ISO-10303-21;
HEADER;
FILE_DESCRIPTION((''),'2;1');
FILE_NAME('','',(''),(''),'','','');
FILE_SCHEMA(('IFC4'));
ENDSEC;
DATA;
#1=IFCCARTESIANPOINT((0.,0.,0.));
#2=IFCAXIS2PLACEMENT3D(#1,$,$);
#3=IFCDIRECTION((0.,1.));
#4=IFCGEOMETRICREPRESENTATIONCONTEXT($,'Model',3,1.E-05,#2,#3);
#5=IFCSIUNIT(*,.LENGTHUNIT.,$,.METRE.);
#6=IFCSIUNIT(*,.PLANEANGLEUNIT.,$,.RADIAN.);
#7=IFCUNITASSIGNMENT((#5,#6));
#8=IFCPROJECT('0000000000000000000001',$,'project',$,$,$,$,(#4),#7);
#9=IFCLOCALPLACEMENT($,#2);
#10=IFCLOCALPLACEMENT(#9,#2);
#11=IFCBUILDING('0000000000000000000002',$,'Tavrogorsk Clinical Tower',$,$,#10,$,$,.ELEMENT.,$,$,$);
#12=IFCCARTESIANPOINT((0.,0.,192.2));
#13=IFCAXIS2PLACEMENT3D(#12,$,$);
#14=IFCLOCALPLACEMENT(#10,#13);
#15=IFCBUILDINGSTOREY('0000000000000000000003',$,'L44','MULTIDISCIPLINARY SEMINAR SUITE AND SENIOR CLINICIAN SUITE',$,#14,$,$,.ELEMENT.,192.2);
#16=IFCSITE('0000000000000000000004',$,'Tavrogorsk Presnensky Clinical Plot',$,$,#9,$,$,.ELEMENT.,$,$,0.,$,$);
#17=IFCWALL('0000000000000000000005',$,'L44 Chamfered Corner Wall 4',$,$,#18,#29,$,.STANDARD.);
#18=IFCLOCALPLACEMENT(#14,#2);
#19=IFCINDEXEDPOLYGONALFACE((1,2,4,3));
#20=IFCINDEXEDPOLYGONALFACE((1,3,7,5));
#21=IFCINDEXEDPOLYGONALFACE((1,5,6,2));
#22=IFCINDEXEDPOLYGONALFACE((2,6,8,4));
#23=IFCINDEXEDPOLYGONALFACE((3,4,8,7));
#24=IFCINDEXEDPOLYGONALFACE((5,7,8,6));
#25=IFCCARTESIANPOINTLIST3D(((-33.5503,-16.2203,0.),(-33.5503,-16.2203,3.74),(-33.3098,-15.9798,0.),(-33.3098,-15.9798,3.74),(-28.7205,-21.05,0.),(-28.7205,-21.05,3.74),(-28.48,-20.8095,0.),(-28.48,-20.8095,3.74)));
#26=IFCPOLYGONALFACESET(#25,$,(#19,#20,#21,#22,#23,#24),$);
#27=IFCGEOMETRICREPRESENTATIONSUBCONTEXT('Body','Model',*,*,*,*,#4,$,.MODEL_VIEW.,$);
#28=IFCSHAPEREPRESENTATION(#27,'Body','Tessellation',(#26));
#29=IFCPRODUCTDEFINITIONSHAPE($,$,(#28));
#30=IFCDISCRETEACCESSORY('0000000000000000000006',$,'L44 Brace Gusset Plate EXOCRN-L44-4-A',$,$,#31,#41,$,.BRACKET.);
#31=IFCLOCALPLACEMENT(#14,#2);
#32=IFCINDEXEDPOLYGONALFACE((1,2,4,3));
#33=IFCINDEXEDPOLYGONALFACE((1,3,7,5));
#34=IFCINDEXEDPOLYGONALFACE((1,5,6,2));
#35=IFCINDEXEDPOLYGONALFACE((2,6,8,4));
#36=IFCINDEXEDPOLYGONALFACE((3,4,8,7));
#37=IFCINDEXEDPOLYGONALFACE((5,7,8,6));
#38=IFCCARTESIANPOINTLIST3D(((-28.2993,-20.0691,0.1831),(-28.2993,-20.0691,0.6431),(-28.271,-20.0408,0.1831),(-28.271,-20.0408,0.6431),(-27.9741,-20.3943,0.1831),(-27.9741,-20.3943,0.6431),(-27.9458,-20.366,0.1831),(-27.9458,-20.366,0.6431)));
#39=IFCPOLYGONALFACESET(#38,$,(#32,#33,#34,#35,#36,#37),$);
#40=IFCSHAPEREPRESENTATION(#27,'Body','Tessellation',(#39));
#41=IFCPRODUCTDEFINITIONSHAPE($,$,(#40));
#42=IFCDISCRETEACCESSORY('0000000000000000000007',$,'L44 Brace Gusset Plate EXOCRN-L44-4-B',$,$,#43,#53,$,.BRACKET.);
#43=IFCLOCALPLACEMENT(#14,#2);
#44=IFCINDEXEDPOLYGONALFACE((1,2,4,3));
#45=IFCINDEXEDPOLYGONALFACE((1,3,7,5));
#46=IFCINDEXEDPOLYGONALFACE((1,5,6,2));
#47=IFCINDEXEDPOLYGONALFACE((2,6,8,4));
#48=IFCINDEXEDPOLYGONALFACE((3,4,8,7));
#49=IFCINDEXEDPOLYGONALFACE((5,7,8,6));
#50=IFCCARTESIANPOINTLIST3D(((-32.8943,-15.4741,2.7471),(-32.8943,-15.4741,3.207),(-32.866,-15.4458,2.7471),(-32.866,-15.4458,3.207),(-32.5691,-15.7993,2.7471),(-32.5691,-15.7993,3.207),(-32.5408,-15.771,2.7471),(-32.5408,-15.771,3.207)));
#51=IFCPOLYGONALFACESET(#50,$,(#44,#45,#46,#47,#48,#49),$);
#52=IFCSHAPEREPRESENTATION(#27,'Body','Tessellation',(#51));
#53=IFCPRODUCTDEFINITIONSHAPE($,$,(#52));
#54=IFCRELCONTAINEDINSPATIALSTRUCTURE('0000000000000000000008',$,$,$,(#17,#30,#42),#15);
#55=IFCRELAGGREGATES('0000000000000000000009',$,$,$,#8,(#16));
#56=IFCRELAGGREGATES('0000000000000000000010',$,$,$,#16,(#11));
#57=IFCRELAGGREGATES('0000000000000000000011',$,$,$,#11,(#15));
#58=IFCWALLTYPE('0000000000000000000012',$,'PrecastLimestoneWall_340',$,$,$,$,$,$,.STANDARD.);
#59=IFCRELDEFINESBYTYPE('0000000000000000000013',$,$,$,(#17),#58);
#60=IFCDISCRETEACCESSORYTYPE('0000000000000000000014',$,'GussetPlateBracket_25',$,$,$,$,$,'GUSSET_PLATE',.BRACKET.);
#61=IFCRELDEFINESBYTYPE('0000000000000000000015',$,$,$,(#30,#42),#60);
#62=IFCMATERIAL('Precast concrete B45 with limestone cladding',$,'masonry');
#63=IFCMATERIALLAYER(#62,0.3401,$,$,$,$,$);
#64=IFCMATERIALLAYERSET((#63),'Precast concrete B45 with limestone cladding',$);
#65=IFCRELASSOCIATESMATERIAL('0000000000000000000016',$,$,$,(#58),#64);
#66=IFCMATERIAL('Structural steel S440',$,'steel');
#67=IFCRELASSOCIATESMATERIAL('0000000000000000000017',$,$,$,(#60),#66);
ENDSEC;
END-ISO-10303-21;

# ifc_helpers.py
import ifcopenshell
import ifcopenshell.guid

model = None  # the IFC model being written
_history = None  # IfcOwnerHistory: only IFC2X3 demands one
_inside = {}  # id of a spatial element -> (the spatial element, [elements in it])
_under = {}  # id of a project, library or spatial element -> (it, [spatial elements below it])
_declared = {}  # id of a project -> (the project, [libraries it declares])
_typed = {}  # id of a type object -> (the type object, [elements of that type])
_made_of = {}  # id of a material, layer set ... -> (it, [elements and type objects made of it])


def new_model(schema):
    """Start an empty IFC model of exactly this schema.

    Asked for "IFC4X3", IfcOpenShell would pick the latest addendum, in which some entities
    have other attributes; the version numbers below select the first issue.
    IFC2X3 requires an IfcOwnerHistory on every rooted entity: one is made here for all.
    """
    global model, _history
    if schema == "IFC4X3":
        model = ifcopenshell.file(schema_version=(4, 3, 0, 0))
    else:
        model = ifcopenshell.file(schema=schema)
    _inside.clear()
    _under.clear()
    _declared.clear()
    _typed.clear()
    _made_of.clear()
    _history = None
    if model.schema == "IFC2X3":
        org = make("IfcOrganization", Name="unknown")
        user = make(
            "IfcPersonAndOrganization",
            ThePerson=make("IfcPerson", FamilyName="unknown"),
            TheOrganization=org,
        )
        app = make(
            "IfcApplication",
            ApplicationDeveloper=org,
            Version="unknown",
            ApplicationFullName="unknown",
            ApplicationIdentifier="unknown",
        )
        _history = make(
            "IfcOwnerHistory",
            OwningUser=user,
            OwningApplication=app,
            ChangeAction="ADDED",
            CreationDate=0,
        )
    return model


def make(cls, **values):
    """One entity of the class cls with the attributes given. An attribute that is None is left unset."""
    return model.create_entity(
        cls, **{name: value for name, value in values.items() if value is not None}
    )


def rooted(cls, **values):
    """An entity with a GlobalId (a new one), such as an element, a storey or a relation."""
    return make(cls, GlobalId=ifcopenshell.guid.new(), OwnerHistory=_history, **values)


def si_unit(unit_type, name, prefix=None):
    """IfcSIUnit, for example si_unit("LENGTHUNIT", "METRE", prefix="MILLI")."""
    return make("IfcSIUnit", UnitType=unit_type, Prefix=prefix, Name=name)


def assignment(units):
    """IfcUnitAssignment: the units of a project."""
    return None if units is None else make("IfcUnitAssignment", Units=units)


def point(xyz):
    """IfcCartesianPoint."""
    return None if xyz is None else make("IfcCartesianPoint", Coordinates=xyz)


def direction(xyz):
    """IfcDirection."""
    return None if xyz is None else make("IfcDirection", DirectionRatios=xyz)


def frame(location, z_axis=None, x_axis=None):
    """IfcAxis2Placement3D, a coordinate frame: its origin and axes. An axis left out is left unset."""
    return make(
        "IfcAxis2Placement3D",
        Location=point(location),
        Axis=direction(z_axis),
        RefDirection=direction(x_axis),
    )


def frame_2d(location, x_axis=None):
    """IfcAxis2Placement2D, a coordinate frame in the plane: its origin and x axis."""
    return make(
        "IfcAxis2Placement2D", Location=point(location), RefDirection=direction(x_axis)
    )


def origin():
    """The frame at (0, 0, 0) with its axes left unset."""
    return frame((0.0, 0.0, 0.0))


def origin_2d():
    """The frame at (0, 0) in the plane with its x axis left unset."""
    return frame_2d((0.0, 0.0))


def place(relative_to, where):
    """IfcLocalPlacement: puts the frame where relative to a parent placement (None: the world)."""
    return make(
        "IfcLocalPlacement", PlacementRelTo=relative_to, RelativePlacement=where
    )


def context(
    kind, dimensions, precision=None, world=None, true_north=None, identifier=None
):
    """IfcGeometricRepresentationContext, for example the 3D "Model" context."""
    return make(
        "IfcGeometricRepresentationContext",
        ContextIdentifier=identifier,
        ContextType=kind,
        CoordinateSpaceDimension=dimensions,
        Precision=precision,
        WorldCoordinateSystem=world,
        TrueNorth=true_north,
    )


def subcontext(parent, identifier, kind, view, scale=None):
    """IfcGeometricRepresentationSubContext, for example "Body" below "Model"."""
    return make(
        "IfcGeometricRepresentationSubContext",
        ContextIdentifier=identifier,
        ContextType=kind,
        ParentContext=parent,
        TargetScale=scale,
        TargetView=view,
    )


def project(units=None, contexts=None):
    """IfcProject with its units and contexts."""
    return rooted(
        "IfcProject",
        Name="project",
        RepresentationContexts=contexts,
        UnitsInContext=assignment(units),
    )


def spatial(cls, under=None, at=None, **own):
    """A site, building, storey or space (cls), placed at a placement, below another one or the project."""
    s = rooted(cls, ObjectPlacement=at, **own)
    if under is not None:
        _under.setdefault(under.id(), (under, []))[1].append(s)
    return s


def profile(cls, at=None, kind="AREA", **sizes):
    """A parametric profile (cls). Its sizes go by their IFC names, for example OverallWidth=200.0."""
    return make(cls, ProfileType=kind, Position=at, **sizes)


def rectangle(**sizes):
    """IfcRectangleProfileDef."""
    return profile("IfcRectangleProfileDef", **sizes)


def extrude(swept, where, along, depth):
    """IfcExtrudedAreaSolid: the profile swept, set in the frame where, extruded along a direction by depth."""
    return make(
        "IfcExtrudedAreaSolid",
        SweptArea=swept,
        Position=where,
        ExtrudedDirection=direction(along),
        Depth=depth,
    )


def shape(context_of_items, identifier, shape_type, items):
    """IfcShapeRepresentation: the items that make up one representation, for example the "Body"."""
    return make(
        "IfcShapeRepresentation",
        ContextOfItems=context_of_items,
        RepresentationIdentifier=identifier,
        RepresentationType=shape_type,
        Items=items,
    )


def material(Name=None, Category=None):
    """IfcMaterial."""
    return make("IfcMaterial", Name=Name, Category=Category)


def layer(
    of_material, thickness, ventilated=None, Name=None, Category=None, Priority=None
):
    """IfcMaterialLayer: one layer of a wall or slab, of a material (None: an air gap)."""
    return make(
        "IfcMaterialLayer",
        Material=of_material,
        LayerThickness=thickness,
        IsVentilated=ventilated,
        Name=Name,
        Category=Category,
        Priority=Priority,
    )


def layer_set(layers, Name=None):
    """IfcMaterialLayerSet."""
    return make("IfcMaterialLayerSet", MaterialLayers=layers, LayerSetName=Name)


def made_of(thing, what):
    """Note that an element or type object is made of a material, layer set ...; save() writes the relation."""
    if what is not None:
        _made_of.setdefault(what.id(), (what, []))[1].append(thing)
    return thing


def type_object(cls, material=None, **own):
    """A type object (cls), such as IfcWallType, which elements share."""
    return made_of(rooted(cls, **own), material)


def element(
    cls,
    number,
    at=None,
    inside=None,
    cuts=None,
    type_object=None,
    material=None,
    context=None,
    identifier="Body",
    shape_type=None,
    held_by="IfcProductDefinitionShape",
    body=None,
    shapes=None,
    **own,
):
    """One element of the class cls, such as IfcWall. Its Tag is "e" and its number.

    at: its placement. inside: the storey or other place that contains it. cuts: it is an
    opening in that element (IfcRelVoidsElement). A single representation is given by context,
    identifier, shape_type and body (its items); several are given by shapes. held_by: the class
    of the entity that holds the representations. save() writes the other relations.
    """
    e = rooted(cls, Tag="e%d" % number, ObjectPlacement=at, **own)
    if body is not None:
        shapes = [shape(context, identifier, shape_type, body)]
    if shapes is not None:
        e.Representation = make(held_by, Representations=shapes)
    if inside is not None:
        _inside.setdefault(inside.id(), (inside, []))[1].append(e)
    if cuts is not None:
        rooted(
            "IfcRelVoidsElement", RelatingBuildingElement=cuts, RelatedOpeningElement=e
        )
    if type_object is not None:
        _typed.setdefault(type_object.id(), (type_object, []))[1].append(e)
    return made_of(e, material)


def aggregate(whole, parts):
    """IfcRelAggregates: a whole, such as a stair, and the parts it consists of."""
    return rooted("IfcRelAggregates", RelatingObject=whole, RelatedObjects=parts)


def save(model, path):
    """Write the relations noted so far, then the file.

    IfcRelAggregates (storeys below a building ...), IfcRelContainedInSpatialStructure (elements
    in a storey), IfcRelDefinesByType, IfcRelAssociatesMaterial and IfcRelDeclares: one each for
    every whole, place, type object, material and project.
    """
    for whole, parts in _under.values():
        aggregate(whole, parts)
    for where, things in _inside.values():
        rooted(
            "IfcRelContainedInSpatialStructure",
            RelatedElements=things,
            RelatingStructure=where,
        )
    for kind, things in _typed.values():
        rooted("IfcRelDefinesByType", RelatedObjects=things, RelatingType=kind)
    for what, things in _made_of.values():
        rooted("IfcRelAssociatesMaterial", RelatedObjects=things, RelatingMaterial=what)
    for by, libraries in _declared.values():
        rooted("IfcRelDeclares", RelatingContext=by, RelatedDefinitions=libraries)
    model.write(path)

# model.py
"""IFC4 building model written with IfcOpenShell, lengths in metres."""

from ifc_helpers import new_model, si_unit, direction, frame, frame_2d, origin, origin_2d, place, context, subcontext, project, spatial, rectangle, extrude, material, layer, layer_set, type_object, element, save


model = new_model("IFC4")

# Units and contexts
model_context = context("Model", 3, precision=1e-05, world=origin(), true_north=direction((0.0, 1.0)))
body_context = subcontext(model_context, "Body", "Model", "MODEL_VIEW")
ifc_project = project(units=[si_unit("LENGTHUNIT", "METRE"), si_unit("PLANEANGLEUNIT", "RADIAN")], contexts=[model_context])

# Site, building, storey
site_placement = place(None, origin())
site = spatial("IfcSite", under=ifc_project, at=site_placement, Name="Tavrogorsk Presnensky Clinical Plot", CompositionType="ELEMENT", RefElevation=0.0)
building_placement = place(site_placement, origin())
building = spatial("IfcBuilding", under=site, at=building_placement, Name="Tavrogorsk Clinical Tower", CompositionType="ELEMENT")
storey_placement = place(building_placement, frame((0.0, 0.0, 192.2)))
storey = spatial("IfcBuildingStorey", under=building, at=storey_placement, Name="L44", Description="MULTIDISCIPLINARY SEMINAR SUITE AND SENIOR CLINICIAN SUITE", CompositionType="ELEMENT", Elevation=192.2)

# Shared definitions
ifc_material_1 = material(Name="Precast concrete B45 with limestone cladding", Category="masonry")
ifc_layer_1 = layer(ifc_material_1, 0.3401)
ifc_layer_set_1 = layer_set([ifc_layer_1], Name="Precast concrete B45 with limestone cladding")
wall_type_1 = type_object("IfcWallType", Name="PrecastLimestoneWall_340", PredefinedType="STANDARD", material=ifc_layer_set_1)

# Wall
wall_1_placement = place(storey_placement, frame((-33.4299, -16.1001, 0.0), z_axis=(0.0, 0.0, 1.0), x_axis=(0.707107, -0.707107, 0.0)))
element("IfcWall", 1, at=wall_1_placement, inside=storey, type_object=wall_type_1, Name="L44 Chamfered Corner Wall 4", PredefinedType="STANDARD", context=body_context, shape_type="SweptSolid", body=[
    extrude(rectangle(XDim=6.8303, YDim=0.3401, at=frame_2d((3.415, 0.0))), origin(), (0.0, 0.0, 1.0), 3.74),
])

# Discrete accessories
ifc_material_2 = material(Name="Structural steel S440", Category="steel")
discrete_accessory_type = type_object("IfcDiscreteAccessoryType", Name="GussetPlateBracket_25", ElementType="GUSSET_PLATE", PredefinedType="BRACKET", material=ifc_material_2)
for number, where, z_axis, x_axis, name in (
    (2, (-28.1226, -20.2175, 0.1831), (0.0, 0.0, 1.0), (-0.707107, 0.707107, 0.0), "L44 Brace Gusset Plate EXOCRN-L44-4-A"),
    (3, (-32.7175, -15.6226, 2.7471), (0.0, 0.0, 1.0), (-0.707107, 0.707107, 0.0), "L44 Brace Gusset Plate EXOCRN-L44-4-B"),
):
    element("IfcDiscreteAccessory", number, at=place(storey_placement, frame(where, z_axis=z_axis, x_axis=x_axis)), inside=storey, type_object=discrete_accessory_type, Name=name, PredefinedType="BRACKET", context=body_context, shape_type="SweptSolid", body=[
        extrude(rectangle(XDim=0.46, YDim=0.04, at=origin_2d()), origin(), (0.0, 0.0, 1.0), 0.46),
    ])

save(model, "model.ifc")
